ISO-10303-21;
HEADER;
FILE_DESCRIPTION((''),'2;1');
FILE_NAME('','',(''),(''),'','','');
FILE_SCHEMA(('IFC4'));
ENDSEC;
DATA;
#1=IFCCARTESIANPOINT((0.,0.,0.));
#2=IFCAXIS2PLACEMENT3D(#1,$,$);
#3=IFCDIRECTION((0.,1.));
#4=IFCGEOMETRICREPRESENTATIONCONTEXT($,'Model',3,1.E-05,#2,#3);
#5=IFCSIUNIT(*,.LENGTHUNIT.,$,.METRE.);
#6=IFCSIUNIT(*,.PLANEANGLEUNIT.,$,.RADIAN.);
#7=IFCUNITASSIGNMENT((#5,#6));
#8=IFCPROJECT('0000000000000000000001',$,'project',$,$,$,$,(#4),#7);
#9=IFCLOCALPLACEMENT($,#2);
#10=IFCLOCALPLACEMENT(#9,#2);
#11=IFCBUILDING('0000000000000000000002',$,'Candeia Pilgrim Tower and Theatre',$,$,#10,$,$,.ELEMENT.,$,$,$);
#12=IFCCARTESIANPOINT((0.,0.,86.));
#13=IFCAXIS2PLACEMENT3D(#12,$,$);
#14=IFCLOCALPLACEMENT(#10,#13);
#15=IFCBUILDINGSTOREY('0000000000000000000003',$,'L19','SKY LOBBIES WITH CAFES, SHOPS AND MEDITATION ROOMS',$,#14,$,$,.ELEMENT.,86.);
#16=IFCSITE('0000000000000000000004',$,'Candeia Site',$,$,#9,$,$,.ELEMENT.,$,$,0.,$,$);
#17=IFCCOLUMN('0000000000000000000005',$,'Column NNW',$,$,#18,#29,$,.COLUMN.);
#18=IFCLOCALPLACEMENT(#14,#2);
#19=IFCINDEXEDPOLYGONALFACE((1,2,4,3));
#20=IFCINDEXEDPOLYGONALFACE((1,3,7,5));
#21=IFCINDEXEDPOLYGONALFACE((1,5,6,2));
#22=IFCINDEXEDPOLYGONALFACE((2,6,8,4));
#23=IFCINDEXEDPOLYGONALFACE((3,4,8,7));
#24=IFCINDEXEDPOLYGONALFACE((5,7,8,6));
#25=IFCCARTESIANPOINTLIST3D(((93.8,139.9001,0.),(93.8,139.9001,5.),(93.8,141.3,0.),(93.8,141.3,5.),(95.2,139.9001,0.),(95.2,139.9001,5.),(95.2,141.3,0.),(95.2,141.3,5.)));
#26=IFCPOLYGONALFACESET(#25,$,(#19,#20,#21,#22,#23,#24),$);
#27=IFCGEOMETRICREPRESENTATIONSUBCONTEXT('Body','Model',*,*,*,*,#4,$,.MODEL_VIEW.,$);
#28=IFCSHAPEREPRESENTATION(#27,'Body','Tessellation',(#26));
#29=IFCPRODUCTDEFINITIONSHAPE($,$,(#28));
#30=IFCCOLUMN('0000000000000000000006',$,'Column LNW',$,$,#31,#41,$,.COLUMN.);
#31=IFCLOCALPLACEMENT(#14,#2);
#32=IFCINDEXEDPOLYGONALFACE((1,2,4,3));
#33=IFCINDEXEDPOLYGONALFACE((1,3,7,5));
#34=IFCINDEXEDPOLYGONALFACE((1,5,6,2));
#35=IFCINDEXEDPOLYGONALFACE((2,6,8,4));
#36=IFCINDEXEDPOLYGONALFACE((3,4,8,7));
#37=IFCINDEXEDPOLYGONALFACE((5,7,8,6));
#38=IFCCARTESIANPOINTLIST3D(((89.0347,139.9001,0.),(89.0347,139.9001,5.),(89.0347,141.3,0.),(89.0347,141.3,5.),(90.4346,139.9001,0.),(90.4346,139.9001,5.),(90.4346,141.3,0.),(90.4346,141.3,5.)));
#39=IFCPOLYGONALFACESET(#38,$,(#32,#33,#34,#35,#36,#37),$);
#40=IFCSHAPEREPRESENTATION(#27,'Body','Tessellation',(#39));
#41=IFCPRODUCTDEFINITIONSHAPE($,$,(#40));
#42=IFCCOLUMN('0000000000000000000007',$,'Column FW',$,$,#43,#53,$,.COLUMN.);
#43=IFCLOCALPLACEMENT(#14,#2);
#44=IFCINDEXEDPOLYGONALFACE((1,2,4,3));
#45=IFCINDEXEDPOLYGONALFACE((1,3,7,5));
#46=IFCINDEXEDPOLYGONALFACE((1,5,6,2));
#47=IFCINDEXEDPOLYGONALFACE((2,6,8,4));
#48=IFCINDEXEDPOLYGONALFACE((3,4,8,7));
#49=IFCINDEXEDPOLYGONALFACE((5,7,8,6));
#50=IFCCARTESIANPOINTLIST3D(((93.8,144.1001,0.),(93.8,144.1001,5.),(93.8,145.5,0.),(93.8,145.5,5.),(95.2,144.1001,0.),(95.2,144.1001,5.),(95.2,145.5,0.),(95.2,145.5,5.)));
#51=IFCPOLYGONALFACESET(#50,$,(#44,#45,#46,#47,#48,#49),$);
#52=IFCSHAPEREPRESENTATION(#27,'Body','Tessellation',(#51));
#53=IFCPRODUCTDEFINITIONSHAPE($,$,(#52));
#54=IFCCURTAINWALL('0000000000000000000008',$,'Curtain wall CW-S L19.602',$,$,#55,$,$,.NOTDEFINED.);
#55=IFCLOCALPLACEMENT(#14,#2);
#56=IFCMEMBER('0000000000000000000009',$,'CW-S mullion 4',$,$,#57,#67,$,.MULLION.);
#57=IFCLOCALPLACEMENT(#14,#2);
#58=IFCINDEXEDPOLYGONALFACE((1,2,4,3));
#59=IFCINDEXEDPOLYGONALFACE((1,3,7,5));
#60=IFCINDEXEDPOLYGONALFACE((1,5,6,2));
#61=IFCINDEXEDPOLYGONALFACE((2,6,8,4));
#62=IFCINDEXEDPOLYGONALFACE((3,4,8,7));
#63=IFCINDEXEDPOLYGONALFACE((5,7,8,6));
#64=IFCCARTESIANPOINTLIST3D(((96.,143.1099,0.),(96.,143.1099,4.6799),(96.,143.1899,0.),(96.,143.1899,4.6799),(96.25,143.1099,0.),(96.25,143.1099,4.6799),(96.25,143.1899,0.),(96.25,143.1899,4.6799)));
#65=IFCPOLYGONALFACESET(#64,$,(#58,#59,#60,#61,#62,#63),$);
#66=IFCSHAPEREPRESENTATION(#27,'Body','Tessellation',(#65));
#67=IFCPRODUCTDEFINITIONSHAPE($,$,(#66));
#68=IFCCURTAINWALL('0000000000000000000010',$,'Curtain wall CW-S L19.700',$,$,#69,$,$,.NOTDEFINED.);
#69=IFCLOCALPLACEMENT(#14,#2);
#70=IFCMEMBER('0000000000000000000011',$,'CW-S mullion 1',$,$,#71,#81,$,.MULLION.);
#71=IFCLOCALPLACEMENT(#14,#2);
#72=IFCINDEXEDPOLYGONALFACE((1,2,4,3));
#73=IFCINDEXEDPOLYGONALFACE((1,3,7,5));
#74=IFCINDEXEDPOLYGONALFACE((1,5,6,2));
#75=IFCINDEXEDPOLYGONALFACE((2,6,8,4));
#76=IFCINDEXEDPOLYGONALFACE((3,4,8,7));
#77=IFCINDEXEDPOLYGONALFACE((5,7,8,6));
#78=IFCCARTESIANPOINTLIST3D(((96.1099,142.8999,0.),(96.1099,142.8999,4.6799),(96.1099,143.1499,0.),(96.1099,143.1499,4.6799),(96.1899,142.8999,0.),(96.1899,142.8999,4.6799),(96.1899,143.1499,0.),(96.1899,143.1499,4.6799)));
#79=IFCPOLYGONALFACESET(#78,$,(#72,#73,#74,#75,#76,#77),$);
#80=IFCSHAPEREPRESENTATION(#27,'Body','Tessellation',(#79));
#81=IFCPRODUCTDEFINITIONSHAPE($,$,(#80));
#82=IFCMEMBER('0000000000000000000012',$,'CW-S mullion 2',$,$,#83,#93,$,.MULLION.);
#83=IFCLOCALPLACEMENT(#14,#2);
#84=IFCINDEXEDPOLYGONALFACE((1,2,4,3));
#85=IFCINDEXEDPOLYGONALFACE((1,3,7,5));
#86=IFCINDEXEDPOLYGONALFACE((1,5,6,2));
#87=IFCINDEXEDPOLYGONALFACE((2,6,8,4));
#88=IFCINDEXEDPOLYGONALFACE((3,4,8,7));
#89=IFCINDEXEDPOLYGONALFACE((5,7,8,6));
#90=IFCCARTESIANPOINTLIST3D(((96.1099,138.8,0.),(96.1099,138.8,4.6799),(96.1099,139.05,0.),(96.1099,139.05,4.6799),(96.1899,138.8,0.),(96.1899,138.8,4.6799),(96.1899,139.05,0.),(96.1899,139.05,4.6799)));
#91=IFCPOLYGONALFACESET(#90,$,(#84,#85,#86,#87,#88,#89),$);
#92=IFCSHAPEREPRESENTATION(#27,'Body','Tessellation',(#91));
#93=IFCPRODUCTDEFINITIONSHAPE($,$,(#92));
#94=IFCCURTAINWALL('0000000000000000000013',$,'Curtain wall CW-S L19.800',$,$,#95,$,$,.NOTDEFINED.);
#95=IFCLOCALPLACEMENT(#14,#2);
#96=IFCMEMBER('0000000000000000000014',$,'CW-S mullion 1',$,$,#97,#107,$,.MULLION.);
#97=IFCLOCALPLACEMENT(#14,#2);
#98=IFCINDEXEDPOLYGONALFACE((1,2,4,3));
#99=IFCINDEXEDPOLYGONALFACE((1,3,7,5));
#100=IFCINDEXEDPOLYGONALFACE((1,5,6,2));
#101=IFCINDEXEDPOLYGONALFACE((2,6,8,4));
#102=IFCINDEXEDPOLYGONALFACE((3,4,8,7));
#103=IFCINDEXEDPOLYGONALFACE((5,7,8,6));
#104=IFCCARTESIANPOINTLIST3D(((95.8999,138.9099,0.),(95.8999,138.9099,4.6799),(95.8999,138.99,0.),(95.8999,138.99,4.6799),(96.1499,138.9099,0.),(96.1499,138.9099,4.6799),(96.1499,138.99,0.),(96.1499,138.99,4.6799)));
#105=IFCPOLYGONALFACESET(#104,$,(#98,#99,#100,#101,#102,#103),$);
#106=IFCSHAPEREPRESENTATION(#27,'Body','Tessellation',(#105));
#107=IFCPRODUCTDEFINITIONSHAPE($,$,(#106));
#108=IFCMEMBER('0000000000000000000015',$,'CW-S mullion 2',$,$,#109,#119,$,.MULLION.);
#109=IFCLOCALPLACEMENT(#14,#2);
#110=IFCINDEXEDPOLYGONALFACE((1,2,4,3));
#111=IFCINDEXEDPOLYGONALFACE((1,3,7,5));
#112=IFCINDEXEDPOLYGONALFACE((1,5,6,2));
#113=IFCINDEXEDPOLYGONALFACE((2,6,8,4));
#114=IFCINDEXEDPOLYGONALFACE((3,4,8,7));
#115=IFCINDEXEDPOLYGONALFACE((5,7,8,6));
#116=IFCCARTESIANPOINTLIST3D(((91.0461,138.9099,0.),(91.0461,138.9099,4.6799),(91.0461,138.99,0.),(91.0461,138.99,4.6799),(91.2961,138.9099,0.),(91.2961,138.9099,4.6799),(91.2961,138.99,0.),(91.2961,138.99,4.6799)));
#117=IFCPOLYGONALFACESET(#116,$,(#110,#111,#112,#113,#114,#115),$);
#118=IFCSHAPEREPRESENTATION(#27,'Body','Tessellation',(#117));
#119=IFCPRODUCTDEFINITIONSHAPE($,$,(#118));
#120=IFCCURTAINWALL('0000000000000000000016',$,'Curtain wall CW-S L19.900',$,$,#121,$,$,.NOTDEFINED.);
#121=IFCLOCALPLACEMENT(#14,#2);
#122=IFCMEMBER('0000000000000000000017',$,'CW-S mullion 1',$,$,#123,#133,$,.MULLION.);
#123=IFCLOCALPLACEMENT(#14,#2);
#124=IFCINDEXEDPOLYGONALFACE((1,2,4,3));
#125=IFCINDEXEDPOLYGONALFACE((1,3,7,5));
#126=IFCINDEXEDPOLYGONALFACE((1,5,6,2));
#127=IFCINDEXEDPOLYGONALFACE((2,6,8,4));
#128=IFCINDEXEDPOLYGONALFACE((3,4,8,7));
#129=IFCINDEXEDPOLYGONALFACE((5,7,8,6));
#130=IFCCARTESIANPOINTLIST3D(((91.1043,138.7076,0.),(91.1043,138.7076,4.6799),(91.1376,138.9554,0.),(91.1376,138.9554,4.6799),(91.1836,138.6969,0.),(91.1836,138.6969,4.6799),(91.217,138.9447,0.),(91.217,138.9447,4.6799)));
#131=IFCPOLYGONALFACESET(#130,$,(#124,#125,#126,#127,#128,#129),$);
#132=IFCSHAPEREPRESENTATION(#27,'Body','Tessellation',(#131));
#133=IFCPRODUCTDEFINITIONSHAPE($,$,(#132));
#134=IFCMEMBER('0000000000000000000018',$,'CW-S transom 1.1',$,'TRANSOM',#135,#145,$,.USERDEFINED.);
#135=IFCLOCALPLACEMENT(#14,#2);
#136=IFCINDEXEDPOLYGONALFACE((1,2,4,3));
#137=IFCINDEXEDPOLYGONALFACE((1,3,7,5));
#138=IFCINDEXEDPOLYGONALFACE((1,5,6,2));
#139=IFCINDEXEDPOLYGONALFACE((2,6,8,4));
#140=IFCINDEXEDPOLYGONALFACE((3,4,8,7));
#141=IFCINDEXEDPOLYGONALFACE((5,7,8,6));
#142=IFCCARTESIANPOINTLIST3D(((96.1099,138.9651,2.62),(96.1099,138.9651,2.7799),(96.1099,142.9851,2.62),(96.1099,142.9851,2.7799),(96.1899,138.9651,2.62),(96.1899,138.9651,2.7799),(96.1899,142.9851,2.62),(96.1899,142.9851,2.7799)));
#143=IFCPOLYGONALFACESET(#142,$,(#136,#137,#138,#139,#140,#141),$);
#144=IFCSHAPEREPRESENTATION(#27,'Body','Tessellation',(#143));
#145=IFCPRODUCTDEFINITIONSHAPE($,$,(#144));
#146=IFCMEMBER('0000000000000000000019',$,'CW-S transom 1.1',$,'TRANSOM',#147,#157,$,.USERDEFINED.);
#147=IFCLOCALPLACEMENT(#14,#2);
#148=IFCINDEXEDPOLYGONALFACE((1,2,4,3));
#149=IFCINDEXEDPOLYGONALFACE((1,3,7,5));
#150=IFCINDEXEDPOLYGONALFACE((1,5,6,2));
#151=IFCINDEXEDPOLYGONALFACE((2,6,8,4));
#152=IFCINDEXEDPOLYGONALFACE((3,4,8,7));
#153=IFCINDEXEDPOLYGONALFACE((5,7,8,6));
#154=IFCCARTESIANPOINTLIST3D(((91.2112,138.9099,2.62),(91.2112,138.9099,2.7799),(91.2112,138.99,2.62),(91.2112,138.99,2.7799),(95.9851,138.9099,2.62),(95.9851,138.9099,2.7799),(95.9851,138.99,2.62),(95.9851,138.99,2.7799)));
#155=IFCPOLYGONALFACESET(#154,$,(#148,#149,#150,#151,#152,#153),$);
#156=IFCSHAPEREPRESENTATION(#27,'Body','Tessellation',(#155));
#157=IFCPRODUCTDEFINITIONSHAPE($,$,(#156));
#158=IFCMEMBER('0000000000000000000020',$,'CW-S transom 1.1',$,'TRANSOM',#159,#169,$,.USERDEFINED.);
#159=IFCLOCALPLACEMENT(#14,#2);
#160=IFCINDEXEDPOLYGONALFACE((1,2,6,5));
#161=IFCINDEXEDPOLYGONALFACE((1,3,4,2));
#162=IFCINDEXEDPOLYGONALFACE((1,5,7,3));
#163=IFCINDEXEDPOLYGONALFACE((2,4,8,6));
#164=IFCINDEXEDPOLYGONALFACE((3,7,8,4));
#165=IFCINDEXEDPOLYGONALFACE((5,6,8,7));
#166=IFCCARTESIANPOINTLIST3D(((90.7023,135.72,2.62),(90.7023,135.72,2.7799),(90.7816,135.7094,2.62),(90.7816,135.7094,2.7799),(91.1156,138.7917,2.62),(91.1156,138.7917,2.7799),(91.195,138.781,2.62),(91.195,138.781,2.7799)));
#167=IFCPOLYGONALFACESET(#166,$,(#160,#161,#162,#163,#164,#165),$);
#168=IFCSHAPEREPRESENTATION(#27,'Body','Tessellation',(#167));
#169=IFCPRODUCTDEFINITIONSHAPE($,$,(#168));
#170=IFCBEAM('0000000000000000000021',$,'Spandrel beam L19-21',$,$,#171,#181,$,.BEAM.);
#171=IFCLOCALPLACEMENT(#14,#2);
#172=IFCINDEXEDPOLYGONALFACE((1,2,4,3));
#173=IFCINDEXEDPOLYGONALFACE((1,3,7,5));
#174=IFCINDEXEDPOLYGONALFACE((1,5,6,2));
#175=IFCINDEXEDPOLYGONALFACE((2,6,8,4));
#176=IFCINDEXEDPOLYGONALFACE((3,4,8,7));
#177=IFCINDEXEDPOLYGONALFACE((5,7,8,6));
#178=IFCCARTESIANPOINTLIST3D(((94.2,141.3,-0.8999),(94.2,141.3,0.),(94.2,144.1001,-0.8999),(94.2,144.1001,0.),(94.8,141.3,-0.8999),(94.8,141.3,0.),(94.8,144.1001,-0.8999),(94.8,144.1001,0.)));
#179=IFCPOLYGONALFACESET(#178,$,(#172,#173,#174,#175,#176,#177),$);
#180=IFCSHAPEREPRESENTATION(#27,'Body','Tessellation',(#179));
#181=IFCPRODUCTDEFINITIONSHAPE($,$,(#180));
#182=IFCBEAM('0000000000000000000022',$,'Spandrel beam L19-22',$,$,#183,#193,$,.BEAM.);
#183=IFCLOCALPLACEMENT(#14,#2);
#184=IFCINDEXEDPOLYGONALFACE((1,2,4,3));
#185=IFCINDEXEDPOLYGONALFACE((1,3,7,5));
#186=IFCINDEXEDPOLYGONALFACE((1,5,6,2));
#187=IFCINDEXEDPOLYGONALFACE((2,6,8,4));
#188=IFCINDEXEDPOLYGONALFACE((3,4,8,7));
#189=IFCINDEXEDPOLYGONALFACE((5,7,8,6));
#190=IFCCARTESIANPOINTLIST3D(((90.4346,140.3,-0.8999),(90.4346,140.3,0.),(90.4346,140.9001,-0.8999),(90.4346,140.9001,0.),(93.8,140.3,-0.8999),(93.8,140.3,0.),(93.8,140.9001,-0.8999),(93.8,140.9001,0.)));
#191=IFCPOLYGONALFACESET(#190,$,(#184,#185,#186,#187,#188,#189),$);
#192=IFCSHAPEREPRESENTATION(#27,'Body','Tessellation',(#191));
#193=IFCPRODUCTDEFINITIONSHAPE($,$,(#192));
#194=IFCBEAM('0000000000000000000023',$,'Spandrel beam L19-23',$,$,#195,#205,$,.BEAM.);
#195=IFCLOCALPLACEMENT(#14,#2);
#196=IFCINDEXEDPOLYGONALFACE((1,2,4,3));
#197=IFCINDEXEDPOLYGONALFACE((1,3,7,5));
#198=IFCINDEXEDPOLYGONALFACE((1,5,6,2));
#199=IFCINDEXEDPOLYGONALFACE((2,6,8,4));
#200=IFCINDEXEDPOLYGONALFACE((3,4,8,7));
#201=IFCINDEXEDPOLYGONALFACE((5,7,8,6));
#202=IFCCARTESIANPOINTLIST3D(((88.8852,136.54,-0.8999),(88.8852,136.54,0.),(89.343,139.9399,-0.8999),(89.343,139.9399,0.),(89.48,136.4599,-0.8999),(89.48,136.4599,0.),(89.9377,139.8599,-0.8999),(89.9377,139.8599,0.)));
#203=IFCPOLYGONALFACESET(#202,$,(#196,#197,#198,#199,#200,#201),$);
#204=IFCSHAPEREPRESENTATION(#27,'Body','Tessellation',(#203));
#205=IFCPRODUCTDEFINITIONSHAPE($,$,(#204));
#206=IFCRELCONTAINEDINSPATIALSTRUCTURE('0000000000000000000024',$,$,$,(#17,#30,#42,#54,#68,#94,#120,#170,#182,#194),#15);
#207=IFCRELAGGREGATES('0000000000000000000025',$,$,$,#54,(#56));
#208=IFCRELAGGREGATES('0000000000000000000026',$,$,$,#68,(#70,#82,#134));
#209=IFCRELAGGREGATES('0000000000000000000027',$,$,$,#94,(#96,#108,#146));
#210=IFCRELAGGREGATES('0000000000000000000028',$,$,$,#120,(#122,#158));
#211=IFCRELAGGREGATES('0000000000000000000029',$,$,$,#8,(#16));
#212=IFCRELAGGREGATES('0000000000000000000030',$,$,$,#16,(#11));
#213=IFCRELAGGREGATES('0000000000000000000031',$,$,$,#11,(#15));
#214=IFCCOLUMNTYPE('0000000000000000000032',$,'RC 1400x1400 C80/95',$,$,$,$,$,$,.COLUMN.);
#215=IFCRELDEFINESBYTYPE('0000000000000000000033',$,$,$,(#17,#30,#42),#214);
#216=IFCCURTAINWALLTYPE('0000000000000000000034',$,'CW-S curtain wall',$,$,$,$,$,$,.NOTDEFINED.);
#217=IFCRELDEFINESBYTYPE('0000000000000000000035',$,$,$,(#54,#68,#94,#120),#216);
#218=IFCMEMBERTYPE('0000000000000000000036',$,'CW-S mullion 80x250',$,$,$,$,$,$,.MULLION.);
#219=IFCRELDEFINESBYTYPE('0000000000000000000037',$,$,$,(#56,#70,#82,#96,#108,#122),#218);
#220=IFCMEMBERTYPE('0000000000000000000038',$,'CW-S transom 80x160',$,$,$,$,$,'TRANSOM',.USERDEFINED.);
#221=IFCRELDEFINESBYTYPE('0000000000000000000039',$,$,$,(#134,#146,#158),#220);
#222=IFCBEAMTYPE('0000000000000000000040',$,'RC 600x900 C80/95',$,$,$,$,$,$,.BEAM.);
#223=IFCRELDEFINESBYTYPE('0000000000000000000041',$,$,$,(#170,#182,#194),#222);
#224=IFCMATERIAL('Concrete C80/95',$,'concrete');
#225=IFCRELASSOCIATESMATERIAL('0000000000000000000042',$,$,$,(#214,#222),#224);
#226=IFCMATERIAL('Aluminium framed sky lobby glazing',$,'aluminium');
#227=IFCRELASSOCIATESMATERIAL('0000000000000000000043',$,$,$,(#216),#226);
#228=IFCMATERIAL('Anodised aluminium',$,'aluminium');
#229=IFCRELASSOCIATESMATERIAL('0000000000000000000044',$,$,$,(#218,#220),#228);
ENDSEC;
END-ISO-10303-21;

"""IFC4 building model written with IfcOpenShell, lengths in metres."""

from ifc_helpers import new_model, si_unit, direction, frame, origin, origin_2d, place, context, subcontext, project, spatial, rectangle, extrude, material, material_profile, profile_set, type_object, element, aggregate, save


model = new_model("IFC4")

# Units and contexts
model_context = context("Model", 3, precision=1e-05, world=origin(), true_north=direction((0.0, 1.0)))
body_context = subcontext(model_context, "Body", "Model", "MODEL_VIEW")
ifc_project = project(units=[si_unit("LENGTHUNIT", "METRE"), si_unit("PLANEANGLEUNIT", "RADIAN")], contexts=[model_context])

# Site, building, storey
site_placement = place(None, origin())
site = spatial("IfcSite", under=ifc_project, at=site_placement, Name="Candeia Site", CompositionType="ELEMENT", RefElevation=0.0)
building_placement = place(site_placement, origin())
building = spatial("IfcBuilding", under=site, at=building_placement, Name="Candeia Pilgrim Tower and Theatre", CompositionType="ELEMENT")
storey_placement = place(building_placement, frame((0.0, 0.0, 86.0)))
storey = spatial("IfcBuildingStorey", under=building, at=storey_placement, Name="L19", Description="SKY LOBBIES WITH CAFES, SHOPS AND MEDITATION ROOMS", CompositionType="ELEMENT", Elevation=86.0)

# Columns
ifc_material_1 = material(Name="Concrete C80/95", Category="concrete")
ifc_material_profile_1 = material_profile(ifc_material_1, rectangle(XDim=1.3999, YDim=1.3999, at=origin_2d()))
ifc_profile_set_1 = profile_set([ifc_material_profile_1], Name="Concrete C80/95")
column_type = type_object("IfcColumnType", Name="RC 1400x1400 C80/95", PredefinedType="COLUMN", material=ifc_profile_set_1)
for number, where, z_axis, x_axis, name in (
    (1, (94.5, 140.6001, 0.0), (0.0, 0.0, 1.0), (1.0, 0.0, 0.0), "Column NNW"),
    (2, (89.7346, 140.6001, 0.0), (0.0, 0.0, 1.0), (1.0, 0.0, 0.0), "Column LNW"),
    (3, (94.5, 144.8, 0.0), (0.0, 0.0, 1.0), (1.0, 0.0, 0.0), "Column FW"),
):
    element("IfcColumn", number, at=place(storey_placement, frame(where, z_axis=z_axis, x_axis=x_axis)), inside=storey, type_object=column_type, Name=name, PredefinedType="COLUMN", context=body_context, shape_type="SweptSolid", body=[
        extrude(rectangle(XDim=1.3999, YDim=1.3999, at=origin_2d()), origin(), (0.0, 0.0, 1.0), 5.0),
    ])

# Curtain wall, member
ifc_material_2 = material(Name="Aluminium framed sky lobby glazing", Category="aluminium")
curtain_wall_type = type_object("IfcCurtainWallType", Name="CW-S curtain wall", PredefinedType="NOTDEFINED", material=ifc_material_2)
curtain_wall_1_placement = place(storey_placement, origin())
curtain_wall_1 = element("IfcCurtainWall", 4, at=curtain_wall_1_placement, inside=storey, type_object=curtain_wall_type, Name="Curtain wall CW-S L19.602", PredefinedType="NOTDEFINED")
ifc_material_3 = material(Name="Anodised aluminium", Category="aluminium")
ifc_material_profile_2 = material_profile(ifc_material_3, rectangle(XDim=0.0801, YDim=0.25, at=origin_2d()))
ifc_profile_set_2 = profile_set([ifc_material_profile_2], Name="Anodised aluminium")
member_type_1 = type_object("IfcMemberType", Name="CW-S mullion 80x250", PredefinedType="MULLION", material=ifc_profile_set_2)
member_1_placement = place(storey_placement, frame((96.125, 143.1499, 0.0), z_axis=(0.0, 0.0, 1.0), x_axis=(0.0, -1.0, 0.0)))
member_1 = element("IfcMember", 5, at=member_1_placement, type_object=member_type_1, Name="CW-S mullion 4", PredefinedType="MULLION", context=body_context, shape_type="SweptSolid", body=[
    extrude(rectangle(XDim=0.0801, YDim=0.25, at=origin_2d()), origin(), (0.0, 0.0, 1.0), 4.6799),
])
aggregate(curtain_wall_1, [member_1])

# Curtain walls, members
curtain_wall_2_placement = place(storey_placement, origin())
curtain_wall_2 = element("IfcCurtainWall", 6, at=curtain_wall_2_placement, inside=storey, type_object=curtain_wall_type, Name="Curtain wall CW-S L19.700", PredefinedType="NOTDEFINED")
member_2_placement = place(storey_placement, frame((96.1499, 143.0249, 0.0), z_axis=(0.0, 0.0, 1.0), x_axis=(1.0, 0.0, 0.0)))
member_2 = element("IfcMember", 7, at=member_2_placement, type_object=member_type_1, Name="CW-S mullion 1", PredefinedType="MULLION", context=body_context, shape_type="SweptSolid", body=[
    extrude(rectangle(XDim=0.0801, YDim=0.25, at=origin_2d()), origin(), (0.0, 0.0, 1.0), 4.6799),
])
member_3_placement = place(storey_placement, frame((96.1499, 138.925, 0.0), z_axis=(0.0, 0.0, 1.0), x_axis=(1.0, 0.0, 0.0)))
member_3 = element("IfcMember", 8, at=member_3_placement, type_object=member_type_1, Name="CW-S mullion 2", PredefinedType="MULLION", context=body_context, shape_type="SweptSolid", body=[
    extrude(rectangle(XDim=0.0801, YDim=0.25, at=origin_2d()), origin(), (0.0, 0.0, 1.0), 4.6799),
])
curtain_wall_3_placement = place(storey_placement, origin())
curtain_wall_3 = element("IfcCurtainWall", 9, at=curtain_wall_3_placement, inside=storey, type_object=curtain_wall_type, Name="Curtain wall CW-S L19.800", PredefinedType="NOTDEFINED")
member_4_placement = place(storey_placement, frame((96.0249, 138.95, 0.0), z_axis=(0.0, 0.0, 1.0), x_axis=(0.0, -1.0, 0.0)))
member_4 = element("IfcMember", 10, at=member_4_placement, type_object=member_type_1, Name="CW-S mullion 1", PredefinedType="MULLION", context=body_context, shape_type="SweptSolid", body=[
    extrude(rectangle(XDim=0.0801, YDim=0.25, at=origin_2d()), origin(), (0.0, 0.0, 1.0), 4.6799),
])
member_5_placement = place(storey_placement, frame((91.1711, 138.95, 0.0), z_axis=(0.0, 0.0, 1.0), x_axis=(0.0, -1.0, 0.0)))
member_5 = element("IfcMember", 11, at=member_5_placement, type_object=member_type_1, Name="CW-S mullion 2", PredefinedType="MULLION", context=body_context, shape_type="SweptSolid", body=[
    extrude(rectangle(XDim=0.0801, YDim=0.25, at=origin_2d()), origin(), (0.0, 0.0, 1.0), 4.6799),
])

# Curtain wall, member
curtain_wall_4_placement = place(storey_placement, origin())
curtain_wall_4 = element("IfcCurtainWall", 12, at=curtain_wall_4_placement, inside=storey, type_object=curtain_wall_type, Name="Curtain wall CW-S L19.900", PredefinedType="NOTDEFINED")
member_6_placement = place(storey_placement, frame((91.1606, 138.8262, 0.0), z_axis=(0.0, 0.0, 1.0), x_axis=(0.991061, -0.133412, 0.0)))
member_6 = element("IfcMember", 13, at=member_6_placement, type_object=member_type_1, Name="CW-S mullion 1", PredefinedType="MULLION", context=body_context, shape_type="SweptSolid", body=[
    extrude(rectangle(XDim=0.0801, YDim=0.25, at=origin_2d()), origin(), (0.0, 0.0, 1.0), 4.6799),
])

# Members
ifc_material_profile_3 = material_profile(ifc_material_3, rectangle(XDim=0.0801, YDim=0.1599, at=origin_2d()))
ifc_profile_set_3 = profile_set([ifc_material_profile_3], Name="Anodised aluminium")
member_type_2 = type_object("IfcMemberType", Name="CW-S transom 80x160", ElementType="TRANSOM", PredefinedType="USERDEFINED", material=ifc_profile_set_3)
member_7_placement = place(storey_placement, frame((96.1499, 142.9851, 2.7), z_axis=(0.0, -1.0, 0.0), x_axis=(1.0, 0.0, 0.0)))
member_7 = element("IfcMember", 14, at=member_7_placement, type_object=member_type_2, Name="CW-S transom 1.1", ObjectType="TRANSOM", PredefinedType="USERDEFINED", context=body_context, shape_type="SweptSolid", body=[
    extrude(rectangle(XDim=0.0801, YDim=0.1599, at=origin_2d()), origin(), (0.0, 0.0, 1.0), 4.02),
])
member_8_placement = place(storey_placement, frame((95.9851, 138.95, 2.7), z_axis=(-1.0, 0.0, 0.0), x_axis=(0.0, -1.0, 0.0)))
member_8 = element("IfcMember", 15, at=member_8_placement, type_object=member_type_2, Name="CW-S transom 1.1", ObjectType="TRANSOM", PredefinedType="USERDEFINED", context=body_context, shape_type="SweptSolid", body=[
    extrude(rectangle(XDim=0.0801, YDim=0.1599, at=origin_2d()), origin(), (0.0, 0.0, 1.0), 4.7739),
])
member_9_placement = place(storey_placement, frame((91.1553, 138.7864, 2.7), z_axis=(-0.133355, -0.991068, 0.0), x_axis=(0.991068, -0.133355, 0.0)))
member_9 = element("IfcMember", 16, at=member_9_placement, type_object=member_type_2, Name="CW-S transom 1.1", ObjectType="TRANSOM", PredefinedType="USERDEFINED", context=body_context, shape_type="SweptSolid", body=[
    extrude(rectangle(XDim=0.0801, YDim=0.1599, at=origin_2d()), origin(), (0.0, 0.0, 1.0), 3.0994),
])

# Beams
ifc_material_profile_4 = material_profile(ifc_material_1, rectangle(XDim=0.6001, YDim=0.8999, at=origin_2d()))
ifc_profile_set_4 = profile_set([ifc_material_profile_4], Name="Concrete C80/95")
beam_type = type_object("IfcBeamType", Name="RC 600x900 C80/95", PredefinedType="BEAM", material=ifc_profile_set_4)
beam_1_placement = place(storey_placement, frame((94.5, 144.1001, -0.45), z_axis=(0.0, -1.0, 0.0), x_axis=(1.0, 0.0, 0.0)))
element("IfcBeam", 17, at=beam_1_placement, inside=storey, type_object=beam_type, Name="Spandrel beam L19-21", PredefinedType="BEAM", context=body_context, shape_type="SweptSolid", body=[
    extrude(rectangle(XDim=0.6001, YDim=0.8999, at=origin_2d()), origin(), (0.0, 0.0, 1.0), 2.8),
])
beam_2_placement = place(storey_placement, frame((93.8, 140.6001, -0.45), z_axis=(-1.0, 0.0, 0.0), x_axis=(0.0, -1.0, 0.0)))
element("IfcBeam", 18, at=beam_2_placement, inside=storey, type_object=beam_type, Name="Spandrel beam L19-22", PredefinedType="BEAM", context=body_context, shape_type="SweptSolid", body=[
    extrude(rectangle(XDim=0.6001, YDim=0.8999, at=origin_2d()), origin(), (0.0, 0.0, 1.0), 3.3655),
])
beam_3_placement = place(storey_placement, frame((89.6404, 139.8999, -0.45), z_axis=(-0.133436, -0.991057, 0.0), x_axis=(0.991057, -0.133436, 0.0)))
element("IfcBeam", 19, at=beam_3_placement, inside=storey, type_object=beam_type, Name="Spandrel beam L19-23", PredefinedType="BEAM", context=body_context, shape_type="SweptSolid", body=[
    extrude(rectangle(XDim=0.6001, YDim=0.8999, at=origin_2d()), origin(), (0.0, 0.0, 1.0), 3.4307),
])

aggregate(curtain_wall_2, [member_2, member_3, member_7])
aggregate(curtain_wall_3, [member_4, member_5, member_8])
aggregate(curtain_wall_4, [member_6, member_9])

save(model, "model.ifc")
